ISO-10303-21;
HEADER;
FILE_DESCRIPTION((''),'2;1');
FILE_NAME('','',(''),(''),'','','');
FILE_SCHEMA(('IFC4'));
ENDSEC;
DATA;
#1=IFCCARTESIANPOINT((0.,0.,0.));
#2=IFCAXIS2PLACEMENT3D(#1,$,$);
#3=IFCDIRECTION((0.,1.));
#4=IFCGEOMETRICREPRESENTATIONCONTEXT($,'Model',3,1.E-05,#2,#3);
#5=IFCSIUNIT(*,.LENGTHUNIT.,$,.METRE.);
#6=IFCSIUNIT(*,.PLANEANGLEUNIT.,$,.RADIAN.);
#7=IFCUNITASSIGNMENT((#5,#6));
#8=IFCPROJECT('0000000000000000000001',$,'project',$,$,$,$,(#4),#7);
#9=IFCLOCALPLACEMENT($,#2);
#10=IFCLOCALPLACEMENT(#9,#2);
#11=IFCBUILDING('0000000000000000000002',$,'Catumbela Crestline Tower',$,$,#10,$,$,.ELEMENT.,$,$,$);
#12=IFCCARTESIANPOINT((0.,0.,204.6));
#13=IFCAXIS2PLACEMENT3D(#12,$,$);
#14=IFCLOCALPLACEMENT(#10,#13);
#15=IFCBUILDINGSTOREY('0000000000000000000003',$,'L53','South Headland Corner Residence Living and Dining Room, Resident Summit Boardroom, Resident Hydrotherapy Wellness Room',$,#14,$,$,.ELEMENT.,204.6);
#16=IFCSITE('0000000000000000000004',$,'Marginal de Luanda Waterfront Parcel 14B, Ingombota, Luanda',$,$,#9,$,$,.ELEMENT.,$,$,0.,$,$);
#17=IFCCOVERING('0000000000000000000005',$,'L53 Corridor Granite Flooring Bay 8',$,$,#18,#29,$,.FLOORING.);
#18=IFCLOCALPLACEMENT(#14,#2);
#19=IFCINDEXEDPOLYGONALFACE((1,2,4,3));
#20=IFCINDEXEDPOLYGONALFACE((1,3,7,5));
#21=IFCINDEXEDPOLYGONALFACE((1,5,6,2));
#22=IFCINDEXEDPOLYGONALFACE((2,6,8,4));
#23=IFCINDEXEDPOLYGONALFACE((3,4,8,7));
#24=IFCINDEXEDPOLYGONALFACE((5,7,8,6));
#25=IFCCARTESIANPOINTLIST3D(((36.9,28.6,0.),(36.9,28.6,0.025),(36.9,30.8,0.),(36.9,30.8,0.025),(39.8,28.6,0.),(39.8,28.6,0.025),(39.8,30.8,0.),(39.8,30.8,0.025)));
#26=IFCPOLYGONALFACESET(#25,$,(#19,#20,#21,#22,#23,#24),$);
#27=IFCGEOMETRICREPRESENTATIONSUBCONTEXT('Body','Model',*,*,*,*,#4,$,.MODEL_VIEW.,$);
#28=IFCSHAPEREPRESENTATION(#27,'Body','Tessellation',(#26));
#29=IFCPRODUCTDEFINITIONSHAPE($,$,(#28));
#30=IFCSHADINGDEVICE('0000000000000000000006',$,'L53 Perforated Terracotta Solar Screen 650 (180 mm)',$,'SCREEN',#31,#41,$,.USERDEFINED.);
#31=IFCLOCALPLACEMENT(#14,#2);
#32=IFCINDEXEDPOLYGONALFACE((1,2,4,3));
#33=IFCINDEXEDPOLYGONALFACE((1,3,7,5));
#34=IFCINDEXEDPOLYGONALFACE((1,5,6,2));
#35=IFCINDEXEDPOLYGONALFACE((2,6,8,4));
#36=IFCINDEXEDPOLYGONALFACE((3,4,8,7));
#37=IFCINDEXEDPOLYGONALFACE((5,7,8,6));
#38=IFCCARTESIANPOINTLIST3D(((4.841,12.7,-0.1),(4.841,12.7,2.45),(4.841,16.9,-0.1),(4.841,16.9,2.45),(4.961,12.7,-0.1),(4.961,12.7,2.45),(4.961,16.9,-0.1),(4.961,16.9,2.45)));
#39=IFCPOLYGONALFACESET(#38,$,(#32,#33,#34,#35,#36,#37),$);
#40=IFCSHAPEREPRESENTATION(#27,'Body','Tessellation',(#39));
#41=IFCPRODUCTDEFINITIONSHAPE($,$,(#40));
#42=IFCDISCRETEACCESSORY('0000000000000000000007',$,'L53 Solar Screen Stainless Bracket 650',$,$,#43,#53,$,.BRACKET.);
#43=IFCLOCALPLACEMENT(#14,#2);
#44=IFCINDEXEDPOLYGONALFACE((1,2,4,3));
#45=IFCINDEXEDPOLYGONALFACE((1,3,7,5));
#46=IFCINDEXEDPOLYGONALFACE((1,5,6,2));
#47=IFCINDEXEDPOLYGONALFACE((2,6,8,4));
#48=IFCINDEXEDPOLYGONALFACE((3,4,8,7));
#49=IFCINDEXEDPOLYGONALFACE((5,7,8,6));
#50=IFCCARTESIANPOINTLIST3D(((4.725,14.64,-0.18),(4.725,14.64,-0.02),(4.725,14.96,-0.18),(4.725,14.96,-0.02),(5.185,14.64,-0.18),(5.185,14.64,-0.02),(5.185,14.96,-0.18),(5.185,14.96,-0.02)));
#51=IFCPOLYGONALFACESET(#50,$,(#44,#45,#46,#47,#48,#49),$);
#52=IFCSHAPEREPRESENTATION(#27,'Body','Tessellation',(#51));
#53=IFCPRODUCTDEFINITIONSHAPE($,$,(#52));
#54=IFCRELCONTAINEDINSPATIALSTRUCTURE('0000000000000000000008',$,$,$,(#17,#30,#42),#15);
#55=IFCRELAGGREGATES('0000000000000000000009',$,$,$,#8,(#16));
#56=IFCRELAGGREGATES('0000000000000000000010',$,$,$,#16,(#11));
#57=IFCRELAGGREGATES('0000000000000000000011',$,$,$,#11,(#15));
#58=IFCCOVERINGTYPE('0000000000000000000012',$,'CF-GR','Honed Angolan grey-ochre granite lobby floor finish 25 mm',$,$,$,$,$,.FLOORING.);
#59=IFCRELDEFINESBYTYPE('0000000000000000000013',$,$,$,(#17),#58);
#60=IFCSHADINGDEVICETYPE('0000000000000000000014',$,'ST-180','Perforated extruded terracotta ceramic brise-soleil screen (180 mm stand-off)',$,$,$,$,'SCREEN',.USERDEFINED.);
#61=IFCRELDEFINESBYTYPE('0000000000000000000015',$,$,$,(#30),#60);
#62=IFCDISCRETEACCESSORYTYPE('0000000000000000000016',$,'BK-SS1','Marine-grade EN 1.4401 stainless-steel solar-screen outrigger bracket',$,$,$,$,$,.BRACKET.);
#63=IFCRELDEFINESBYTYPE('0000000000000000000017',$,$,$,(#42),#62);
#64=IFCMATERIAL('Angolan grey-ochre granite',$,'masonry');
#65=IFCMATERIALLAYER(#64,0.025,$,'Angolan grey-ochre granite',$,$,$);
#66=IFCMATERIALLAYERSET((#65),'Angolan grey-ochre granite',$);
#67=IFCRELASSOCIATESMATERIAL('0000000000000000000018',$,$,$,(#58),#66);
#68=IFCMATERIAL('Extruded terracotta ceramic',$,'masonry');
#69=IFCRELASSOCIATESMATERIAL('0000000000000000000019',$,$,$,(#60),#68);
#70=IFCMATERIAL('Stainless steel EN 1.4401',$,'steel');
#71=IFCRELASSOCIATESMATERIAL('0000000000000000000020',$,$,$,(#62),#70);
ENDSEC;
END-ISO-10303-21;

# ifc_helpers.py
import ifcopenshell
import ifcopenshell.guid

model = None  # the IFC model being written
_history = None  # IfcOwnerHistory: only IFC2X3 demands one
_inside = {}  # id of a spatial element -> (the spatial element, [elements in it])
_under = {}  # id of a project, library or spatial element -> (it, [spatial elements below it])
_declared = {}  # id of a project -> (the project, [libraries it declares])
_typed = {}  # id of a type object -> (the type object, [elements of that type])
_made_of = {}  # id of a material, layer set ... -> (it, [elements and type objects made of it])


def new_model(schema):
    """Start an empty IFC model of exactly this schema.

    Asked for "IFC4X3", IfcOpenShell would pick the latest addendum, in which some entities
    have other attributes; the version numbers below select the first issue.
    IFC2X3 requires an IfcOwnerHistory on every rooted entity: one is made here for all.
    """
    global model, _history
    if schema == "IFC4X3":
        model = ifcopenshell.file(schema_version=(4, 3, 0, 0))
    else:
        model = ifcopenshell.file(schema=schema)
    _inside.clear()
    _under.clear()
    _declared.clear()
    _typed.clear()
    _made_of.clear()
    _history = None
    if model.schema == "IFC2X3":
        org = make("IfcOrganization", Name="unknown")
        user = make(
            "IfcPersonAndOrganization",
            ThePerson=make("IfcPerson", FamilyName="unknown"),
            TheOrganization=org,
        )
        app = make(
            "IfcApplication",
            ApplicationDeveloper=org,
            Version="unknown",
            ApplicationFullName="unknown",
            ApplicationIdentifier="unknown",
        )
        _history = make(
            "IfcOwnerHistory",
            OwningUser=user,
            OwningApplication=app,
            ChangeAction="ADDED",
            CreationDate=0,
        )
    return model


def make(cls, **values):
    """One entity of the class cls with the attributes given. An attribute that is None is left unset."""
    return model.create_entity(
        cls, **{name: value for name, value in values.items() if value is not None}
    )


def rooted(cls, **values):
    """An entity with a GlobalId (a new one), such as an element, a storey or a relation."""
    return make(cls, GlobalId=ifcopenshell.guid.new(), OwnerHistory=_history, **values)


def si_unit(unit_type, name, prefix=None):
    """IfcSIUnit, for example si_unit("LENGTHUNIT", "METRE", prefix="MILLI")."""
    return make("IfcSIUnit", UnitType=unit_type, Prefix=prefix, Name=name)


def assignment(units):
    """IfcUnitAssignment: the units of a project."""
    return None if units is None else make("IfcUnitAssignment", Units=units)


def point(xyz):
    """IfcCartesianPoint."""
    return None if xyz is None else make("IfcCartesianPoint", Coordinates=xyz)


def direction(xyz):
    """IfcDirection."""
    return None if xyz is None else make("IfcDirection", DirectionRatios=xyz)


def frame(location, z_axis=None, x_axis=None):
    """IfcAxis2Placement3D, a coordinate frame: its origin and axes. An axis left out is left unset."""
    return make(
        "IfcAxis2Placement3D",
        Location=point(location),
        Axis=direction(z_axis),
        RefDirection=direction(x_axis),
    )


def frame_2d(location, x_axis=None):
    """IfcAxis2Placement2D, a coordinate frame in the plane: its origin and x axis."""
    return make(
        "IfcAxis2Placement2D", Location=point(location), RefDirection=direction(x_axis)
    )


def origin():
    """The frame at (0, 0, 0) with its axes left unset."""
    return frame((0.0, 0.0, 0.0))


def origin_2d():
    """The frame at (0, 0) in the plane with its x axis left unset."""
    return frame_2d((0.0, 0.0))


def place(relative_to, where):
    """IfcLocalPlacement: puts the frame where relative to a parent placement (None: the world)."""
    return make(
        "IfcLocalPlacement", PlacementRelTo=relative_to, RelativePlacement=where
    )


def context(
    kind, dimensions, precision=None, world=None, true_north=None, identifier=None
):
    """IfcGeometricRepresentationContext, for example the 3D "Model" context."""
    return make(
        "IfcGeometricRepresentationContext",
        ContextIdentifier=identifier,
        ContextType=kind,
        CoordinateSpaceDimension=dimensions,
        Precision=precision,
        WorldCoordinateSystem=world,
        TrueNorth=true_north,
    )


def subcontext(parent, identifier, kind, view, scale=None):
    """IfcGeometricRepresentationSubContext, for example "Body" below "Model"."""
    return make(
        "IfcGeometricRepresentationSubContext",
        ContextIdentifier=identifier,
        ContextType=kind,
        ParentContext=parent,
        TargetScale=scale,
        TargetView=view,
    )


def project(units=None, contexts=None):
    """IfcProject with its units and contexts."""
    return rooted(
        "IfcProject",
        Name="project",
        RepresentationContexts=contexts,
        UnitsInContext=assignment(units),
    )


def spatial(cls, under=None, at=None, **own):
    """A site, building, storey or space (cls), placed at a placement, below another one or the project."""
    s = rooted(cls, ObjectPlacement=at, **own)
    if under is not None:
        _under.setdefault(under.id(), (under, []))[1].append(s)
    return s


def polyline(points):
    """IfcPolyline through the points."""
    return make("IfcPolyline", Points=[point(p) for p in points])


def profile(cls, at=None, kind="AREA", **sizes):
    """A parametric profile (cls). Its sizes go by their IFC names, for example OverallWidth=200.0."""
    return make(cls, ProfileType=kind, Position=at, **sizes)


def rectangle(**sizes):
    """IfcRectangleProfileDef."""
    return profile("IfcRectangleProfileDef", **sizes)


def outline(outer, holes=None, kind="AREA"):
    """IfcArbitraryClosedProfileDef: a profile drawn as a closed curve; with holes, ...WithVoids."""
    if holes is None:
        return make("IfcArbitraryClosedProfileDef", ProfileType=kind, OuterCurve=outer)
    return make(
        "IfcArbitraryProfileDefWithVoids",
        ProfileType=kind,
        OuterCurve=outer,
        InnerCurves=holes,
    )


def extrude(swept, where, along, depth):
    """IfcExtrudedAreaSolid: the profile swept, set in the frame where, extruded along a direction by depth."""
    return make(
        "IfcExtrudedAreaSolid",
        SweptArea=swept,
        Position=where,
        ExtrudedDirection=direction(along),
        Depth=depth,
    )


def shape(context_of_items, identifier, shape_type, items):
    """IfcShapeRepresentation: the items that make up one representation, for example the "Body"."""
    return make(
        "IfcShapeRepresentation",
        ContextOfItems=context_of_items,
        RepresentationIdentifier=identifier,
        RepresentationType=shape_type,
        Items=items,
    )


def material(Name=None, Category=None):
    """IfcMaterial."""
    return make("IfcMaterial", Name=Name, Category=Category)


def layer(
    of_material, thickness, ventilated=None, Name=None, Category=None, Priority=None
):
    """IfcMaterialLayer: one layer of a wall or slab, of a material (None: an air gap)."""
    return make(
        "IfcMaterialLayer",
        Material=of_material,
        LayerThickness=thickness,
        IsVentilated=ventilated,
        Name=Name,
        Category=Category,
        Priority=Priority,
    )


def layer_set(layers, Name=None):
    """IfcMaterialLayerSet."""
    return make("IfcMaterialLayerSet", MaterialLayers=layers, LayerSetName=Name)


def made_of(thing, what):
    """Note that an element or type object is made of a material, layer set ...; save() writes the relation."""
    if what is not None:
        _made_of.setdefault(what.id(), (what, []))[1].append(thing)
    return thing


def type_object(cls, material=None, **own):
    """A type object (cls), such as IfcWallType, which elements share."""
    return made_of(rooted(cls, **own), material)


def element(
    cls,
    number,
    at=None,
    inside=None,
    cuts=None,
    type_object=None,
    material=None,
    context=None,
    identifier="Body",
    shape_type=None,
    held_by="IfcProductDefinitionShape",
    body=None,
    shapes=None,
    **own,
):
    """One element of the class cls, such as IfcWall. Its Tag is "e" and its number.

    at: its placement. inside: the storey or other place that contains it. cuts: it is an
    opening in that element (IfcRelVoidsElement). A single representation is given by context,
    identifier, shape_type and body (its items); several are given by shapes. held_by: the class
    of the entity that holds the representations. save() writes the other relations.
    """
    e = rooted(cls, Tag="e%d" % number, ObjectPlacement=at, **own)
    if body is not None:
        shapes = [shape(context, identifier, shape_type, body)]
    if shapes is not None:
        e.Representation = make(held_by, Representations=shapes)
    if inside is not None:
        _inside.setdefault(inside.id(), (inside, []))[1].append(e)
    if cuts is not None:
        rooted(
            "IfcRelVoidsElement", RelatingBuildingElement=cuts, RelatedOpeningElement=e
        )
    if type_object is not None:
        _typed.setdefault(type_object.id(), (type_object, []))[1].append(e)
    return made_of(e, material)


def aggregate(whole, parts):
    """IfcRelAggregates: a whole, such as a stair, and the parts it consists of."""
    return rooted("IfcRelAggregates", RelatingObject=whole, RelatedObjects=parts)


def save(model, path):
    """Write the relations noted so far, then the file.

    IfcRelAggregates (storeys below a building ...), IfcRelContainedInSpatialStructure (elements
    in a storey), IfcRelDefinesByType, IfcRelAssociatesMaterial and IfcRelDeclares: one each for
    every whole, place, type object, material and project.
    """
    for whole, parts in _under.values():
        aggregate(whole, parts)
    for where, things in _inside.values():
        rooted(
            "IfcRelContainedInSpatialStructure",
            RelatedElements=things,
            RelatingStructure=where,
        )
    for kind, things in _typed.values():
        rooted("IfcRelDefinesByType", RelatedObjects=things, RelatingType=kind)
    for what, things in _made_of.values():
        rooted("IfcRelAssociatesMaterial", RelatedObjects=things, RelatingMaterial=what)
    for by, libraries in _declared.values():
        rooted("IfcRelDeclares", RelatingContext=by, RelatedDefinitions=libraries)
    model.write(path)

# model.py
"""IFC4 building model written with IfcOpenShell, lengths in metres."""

from ifc_helpers import new_model, si_unit, direction, frame, origin, origin_2d, place, context, subcontext, project, spatial, polyline, rectangle, outline, extrude, material, layer, layer_set, type_object, element, save


model = new_model("IFC4")

# Units and contexts
model_context = context("Model", 3, precision=1e-05, world=origin(), true_north=direction((0.0, 1.0)))
body_context = subcontext(model_context, "Body", "Model", "MODEL_VIEW")
ifc_project = project(units=[si_unit("LENGTHUNIT", "METRE"), si_unit("PLANEANGLEUNIT", "RADIAN")], contexts=[model_context])

# Site, building, storey
site_placement = place(None, origin())
site = spatial("IfcSite", under=ifc_project, at=site_placement, Name="Marginal de Luanda Waterfront Parcel 14B, Ingombota, Luanda", CompositionType="ELEMENT", RefElevation=0.0)
building_placement = place(site_placement, origin())
building = spatial("IfcBuilding", under=site, at=building_placement, Name="Catumbela Crestline Tower", CompositionType="ELEMENT")
storey_placement = place(building_placement, frame((0.0, 0.0, 204.6)))
storey = spatial("IfcBuildingStorey", under=building, at=storey_placement, Name="L53", Description="South Headland Corner Residence Living and Dining Room, Resident Summit Boardroom, Resident Hydrotherapy Wellness Room", CompositionType="ELEMENT", Elevation=204.6)

# Shared definitions
ifc_material_1 = material(Name="Angolan grey-ochre granite", Category="masonry")

# Covering
ifc_layer_1 = layer(ifc_material_1, 0.025, Name="Angolan grey-ochre granite")
ifc_layer_set_1 = layer_set([ifc_layer_1], Name="Angolan grey-ochre granite")
covering_type_1 = type_object("IfcCoveringType", Name="CF-GR", Description="Honed Angolan grey-ochre granite lobby floor finish 25 mm", PredefinedType="FLOORING", material=ifc_layer_set_1)
covering_1_placement = place(storey_placement, origin())
element("IfcCovering", 1, at=covering_1_placement, inside=storey, type_object=covering_type_1, Name="L53 Corridor Granite Flooring Bay 8", PredefinedType="FLOORING", context=body_context, shape_type="SweptSolid", body=[
    extrude(outline(polyline([(36.9, 28.6), (39.8, 28.6), (39.8, 30.8), (36.9, 30.8), (36.9, 28.6)])), origin(), (0.0, 0.0, 1.0), 0.025),
])

# Shading device
ifc_material_2 = material(Name="Extruded terracotta ceramic", Category="masonry")
shading_device_type = type_object("IfcShadingDeviceType", Name="ST-180", Description="Perforated extruded terracotta ceramic brise-soleil screen (180 mm stand-off)", ElementType="SCREEN", PredefinedType="USERDEFINED", material=ifc_material_2)
shading_device_placement = place(storey_placement, frame((4.901, 14.8, -0.1), z_axis=(0.0, 0.0, 1.0), x_axis=(0.0, -1.0, 0.0)))
element("IfcShadingDevice", 2, at=shading_device_placement, inside=storey, type_object=shading_device_type, Name="L53 Perforated Terracotta Solar Screen 650 (180 mm)", ObjectType="SCREEN", PredefinedType="USERDEFINED", context=body_context, shape_type="SweptSolid", body=[
    extrude(rectangle(XDim=4.2, YDim=0.12, at=origin_2d()), origin(), (0.0, 0.0, 1.0), 2.55),
])

# Discrete accessory
ifc_material_3 = material(Name="Stainless steel EN 1.4401", Category="steel")
discrete_accessory_type = type_object("IfcDiscreteAccessoryType", Name="BK-SS1", Description="Marine-grade EN 1.4401 stainless-steel solar-screen outrigger bracket", PredefinedType="BRACKET", material=ifc_material_3)
discrete_accessory_placement = place(storey_placement, frame((4.955, 14.8, -0.18), z_axis=(0.0, 0.0, 1.0), x_axis=(0.0, -1.0, 0.0)))
element("IfcDiscreteAccessory", 3, at=discrete_accessory_placement, inside=storey, type_object=discrete_accessory_type, Name="L53 Solar Screen Stainless Bracket 650", PredefinedType="BRACKET", context=body_context, shape_type="SweptSolid", body=[
    extrude(rectangle(XDim=0.32, YDim=0.46, at=origin_2d()), origin(), (0.0, 0.0, 1.0), 0.16),
])

save(model, "model.ifc")
